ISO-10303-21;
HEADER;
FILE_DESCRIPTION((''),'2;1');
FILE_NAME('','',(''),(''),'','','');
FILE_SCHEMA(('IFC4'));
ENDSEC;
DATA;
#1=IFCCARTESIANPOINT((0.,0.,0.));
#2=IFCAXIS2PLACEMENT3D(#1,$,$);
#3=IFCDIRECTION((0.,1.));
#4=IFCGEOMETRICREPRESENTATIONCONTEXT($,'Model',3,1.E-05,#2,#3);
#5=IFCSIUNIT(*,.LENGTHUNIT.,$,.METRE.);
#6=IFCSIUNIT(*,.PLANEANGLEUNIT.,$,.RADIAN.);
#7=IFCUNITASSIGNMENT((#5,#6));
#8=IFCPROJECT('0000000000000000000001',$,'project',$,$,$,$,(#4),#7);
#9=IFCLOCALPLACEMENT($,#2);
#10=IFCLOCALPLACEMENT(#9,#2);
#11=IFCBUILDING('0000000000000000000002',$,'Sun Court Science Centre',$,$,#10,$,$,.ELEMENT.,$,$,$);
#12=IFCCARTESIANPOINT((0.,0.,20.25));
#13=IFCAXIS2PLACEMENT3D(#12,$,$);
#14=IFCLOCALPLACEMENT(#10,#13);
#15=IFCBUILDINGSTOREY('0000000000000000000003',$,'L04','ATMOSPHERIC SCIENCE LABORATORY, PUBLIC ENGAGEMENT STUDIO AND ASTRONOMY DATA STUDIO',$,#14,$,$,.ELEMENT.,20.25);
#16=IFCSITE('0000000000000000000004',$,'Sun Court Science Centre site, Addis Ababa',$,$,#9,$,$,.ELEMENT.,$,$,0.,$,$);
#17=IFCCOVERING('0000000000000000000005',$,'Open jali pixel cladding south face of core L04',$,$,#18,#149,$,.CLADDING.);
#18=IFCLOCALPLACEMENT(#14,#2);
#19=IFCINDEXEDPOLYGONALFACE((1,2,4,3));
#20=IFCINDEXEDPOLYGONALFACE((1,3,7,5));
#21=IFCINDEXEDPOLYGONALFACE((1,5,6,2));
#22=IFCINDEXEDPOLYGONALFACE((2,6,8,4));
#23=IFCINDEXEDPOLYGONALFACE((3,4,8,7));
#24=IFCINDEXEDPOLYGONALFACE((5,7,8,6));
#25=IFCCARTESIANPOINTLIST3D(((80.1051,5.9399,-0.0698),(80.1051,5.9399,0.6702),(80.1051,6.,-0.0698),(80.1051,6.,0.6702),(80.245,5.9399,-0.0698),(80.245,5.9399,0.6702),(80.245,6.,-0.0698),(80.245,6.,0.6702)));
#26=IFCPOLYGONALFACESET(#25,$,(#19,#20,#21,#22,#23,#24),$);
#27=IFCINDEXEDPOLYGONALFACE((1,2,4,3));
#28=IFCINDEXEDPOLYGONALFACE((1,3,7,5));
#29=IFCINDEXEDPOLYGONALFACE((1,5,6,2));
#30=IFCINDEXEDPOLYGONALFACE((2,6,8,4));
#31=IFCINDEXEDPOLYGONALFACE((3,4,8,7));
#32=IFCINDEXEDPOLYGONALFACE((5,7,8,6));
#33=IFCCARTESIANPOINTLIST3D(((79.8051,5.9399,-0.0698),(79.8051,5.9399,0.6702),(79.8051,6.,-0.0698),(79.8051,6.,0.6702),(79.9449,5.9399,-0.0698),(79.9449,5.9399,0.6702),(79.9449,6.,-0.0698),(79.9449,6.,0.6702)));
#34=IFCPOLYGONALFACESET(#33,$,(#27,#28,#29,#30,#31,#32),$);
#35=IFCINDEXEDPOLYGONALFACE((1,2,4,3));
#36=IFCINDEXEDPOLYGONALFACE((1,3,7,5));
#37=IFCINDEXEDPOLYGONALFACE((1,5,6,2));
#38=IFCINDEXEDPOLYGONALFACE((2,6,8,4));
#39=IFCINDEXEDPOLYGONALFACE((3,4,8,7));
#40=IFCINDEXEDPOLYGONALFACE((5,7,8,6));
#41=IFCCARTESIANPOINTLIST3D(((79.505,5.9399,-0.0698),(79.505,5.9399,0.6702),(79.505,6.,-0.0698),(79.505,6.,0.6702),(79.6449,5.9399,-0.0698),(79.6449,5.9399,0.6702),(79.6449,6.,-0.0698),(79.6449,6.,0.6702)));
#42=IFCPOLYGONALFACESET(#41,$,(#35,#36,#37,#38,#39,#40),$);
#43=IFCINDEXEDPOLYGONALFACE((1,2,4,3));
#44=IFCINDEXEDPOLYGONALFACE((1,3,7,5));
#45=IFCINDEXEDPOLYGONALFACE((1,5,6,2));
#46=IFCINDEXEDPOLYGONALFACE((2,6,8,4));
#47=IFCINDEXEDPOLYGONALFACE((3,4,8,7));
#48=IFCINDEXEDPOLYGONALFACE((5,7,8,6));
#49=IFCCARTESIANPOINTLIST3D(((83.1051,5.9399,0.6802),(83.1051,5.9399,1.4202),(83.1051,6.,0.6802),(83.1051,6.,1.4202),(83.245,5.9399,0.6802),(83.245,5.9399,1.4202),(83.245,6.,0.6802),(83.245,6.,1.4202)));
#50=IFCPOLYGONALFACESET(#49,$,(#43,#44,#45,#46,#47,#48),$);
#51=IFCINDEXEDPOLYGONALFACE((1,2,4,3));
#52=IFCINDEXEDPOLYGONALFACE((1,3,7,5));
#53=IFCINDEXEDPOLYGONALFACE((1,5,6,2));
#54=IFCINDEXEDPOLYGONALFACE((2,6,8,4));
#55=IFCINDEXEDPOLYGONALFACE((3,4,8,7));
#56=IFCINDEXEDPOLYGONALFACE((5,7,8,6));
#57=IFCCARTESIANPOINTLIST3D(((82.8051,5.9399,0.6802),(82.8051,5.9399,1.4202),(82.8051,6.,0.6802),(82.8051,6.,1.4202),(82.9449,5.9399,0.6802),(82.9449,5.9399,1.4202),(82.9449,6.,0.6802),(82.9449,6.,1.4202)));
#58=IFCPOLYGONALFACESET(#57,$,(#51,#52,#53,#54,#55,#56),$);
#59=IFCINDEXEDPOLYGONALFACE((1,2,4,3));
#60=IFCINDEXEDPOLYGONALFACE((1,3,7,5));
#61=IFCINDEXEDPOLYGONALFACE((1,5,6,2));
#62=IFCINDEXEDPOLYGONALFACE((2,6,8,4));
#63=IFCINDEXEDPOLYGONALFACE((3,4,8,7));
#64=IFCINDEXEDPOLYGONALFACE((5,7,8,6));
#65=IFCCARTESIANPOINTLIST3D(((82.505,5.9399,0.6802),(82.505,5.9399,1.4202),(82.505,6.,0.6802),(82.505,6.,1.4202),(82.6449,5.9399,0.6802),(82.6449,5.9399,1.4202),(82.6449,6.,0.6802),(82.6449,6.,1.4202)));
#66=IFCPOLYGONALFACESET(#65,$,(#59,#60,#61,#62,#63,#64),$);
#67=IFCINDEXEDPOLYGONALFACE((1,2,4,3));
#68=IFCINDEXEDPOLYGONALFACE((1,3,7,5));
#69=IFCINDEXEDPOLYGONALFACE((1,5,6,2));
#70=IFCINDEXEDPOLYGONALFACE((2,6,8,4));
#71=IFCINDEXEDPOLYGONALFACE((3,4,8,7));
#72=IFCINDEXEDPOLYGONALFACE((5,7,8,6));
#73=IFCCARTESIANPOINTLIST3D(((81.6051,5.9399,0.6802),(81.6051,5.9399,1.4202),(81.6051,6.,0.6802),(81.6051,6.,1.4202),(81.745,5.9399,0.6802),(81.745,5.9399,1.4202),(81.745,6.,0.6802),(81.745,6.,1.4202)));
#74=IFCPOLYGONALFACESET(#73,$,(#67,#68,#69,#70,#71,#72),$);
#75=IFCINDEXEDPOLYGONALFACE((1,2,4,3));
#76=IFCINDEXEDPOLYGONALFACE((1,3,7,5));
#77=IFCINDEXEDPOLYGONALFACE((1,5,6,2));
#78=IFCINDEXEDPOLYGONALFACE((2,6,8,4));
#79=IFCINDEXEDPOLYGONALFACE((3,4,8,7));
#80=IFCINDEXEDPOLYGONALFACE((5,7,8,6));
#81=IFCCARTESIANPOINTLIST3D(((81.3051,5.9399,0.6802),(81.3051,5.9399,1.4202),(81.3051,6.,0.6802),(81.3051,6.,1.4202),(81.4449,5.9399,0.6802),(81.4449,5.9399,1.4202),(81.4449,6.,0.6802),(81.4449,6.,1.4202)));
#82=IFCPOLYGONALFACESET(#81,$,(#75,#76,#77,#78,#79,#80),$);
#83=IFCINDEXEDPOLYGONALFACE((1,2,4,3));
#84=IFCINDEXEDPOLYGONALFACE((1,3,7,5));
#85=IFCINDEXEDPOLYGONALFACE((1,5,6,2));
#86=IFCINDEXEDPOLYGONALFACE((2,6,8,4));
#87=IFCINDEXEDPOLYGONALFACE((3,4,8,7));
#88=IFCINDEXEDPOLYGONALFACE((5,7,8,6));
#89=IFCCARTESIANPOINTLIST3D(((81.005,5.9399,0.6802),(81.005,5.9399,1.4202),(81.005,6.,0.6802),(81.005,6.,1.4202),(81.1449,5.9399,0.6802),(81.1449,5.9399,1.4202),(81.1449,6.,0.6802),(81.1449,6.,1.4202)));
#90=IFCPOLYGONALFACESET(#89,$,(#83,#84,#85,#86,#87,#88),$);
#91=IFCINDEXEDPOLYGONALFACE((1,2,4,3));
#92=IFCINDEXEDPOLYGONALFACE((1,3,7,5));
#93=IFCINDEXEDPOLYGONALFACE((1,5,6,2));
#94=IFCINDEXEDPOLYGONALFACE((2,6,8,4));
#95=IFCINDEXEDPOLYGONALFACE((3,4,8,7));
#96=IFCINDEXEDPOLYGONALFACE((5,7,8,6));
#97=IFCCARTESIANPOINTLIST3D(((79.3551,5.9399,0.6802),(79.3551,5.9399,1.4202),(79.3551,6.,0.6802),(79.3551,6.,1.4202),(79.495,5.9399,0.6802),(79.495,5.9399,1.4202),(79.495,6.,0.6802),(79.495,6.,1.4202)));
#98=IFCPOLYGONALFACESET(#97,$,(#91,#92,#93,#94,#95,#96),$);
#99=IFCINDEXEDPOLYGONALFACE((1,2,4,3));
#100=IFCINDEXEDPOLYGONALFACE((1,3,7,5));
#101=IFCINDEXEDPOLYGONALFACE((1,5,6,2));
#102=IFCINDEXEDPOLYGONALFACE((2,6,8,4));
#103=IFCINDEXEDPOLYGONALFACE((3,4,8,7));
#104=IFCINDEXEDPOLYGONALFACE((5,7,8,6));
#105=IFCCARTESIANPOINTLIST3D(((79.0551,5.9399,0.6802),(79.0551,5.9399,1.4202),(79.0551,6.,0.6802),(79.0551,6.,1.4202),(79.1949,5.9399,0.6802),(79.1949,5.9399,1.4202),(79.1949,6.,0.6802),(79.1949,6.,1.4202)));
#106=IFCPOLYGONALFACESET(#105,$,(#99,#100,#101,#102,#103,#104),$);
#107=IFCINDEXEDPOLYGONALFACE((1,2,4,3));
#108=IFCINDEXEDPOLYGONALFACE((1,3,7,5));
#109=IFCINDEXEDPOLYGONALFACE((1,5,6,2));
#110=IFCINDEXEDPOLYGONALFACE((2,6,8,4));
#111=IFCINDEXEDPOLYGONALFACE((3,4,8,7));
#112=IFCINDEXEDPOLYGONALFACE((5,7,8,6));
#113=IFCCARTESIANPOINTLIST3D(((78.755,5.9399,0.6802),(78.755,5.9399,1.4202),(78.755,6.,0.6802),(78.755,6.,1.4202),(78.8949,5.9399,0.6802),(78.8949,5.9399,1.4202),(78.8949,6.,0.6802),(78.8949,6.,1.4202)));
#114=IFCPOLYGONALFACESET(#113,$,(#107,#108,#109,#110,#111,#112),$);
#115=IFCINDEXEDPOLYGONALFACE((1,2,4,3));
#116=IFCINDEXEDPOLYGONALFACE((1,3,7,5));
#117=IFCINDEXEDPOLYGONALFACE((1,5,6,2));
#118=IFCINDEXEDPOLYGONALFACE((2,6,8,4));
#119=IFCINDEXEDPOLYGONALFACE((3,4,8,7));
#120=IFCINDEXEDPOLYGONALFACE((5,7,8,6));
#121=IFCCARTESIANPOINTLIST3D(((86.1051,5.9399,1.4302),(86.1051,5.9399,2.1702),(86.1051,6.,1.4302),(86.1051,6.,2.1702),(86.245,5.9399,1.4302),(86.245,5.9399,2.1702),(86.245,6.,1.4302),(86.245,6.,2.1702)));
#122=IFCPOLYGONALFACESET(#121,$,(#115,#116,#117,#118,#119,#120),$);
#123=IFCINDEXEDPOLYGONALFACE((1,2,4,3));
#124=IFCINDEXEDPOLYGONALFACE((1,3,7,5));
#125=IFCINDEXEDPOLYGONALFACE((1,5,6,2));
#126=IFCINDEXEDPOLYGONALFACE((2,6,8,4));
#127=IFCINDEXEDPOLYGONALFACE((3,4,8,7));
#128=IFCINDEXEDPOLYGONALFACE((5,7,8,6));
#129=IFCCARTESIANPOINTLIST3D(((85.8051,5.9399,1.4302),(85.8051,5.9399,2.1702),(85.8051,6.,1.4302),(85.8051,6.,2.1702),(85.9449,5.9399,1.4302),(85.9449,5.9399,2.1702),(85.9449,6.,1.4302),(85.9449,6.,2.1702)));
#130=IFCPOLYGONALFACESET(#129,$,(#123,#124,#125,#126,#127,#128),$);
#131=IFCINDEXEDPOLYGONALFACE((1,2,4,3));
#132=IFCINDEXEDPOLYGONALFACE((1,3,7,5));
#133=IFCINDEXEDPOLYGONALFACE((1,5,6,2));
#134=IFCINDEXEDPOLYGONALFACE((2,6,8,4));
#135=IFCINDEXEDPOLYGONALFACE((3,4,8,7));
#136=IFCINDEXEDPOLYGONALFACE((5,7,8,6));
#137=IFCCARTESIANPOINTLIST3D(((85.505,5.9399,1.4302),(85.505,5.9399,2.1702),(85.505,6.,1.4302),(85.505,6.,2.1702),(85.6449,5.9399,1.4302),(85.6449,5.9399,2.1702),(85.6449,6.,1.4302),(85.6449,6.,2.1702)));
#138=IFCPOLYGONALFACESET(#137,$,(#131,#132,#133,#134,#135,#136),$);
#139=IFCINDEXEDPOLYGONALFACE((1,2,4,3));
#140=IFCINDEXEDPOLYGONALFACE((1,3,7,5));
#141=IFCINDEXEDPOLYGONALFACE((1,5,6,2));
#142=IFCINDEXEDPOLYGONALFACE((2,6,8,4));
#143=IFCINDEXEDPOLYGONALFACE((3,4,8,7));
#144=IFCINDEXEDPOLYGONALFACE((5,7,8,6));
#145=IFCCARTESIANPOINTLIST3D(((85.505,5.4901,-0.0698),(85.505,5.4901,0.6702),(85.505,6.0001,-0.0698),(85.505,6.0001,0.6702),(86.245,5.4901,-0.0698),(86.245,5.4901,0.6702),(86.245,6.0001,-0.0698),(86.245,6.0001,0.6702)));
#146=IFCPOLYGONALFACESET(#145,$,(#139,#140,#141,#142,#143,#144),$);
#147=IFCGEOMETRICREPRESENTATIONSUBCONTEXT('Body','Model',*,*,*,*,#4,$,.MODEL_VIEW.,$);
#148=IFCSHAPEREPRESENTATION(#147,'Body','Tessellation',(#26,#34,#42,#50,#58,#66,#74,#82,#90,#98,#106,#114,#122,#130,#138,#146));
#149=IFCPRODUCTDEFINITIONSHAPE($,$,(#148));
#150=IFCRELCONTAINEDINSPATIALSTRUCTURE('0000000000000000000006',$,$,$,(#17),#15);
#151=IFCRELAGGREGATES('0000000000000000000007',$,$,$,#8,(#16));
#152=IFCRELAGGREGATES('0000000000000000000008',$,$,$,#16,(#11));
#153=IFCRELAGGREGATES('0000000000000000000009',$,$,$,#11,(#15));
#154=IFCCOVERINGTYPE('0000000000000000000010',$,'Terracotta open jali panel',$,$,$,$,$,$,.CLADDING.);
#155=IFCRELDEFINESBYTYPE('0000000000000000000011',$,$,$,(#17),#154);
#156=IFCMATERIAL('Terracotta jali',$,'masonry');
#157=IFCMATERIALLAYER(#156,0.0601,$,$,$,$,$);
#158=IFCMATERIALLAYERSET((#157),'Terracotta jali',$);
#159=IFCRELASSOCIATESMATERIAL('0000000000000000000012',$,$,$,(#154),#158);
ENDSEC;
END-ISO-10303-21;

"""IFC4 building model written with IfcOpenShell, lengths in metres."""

from ifc_helpers import new_model, si_unit, direction, frame, origin, origin_2d, place, context, subcontext, project, spatial, rectangle, extrude, material, layer, layer_set, type_object, element, save


model = new_model("IFC4")

# Units and contexts
model_context = context("Model", 3, precision=1e-05, world=origin(), true_north=direction((0.0, 1.0)))
body_context = subcontext(model_context, "Body", "Model", "MODEL_VIEW")
ifc_project = project(units=[si_unit("LENGTHUNIT", "METRE"), si_unit("PLANEANGLEUNIT", "RADIAN")], contexts=[model_context])

# Site, building, storey
site_placement = place(None, origin())
site = spatial("IfcSite", under=ifc_project, at=site_placement, Name="Sun Court Science Centre site, Addis Ababa", CompositionType="ELEMENT", RefElevation=0.0)
building_placement = place(site_placement, origin())
building = spatial("IfcBuilding", under=site, at=building_placement, Name="Sun Court Science Centre", CompositionType="ELEMENT")
storey_placement = place(building_placement, frame((0.0, 0.0, 20.25)))
storey = spatial("IfcBuildingStorey", under=building, at=storey_placement, Name="L04", Description="ATMOSPHERIC SCIENCE LABORATORY, PUBLIC ENGAGEMENT STUDIO AND ASTRONOMY DATA STUDIO", CompositionType="ELEMENT", Elevation=20.25)

# Covering
ifc_material_1 = material(Name="Terracotta jali", Category="masonry")
ifc_layer_1 = layer(ifc_material_1, 0.0601)
ifc_layer_set_1 = layer_set([ifc_layer_1], Name="Terracotta jali")
covering_type_1 = type_object("IfcCoveringType", Name="Terracotta open jali panel", PredefinedType="CLADDING", material=ifc_layer_set_1)
covering_1_placement = place(storey_placement, frame((0.0, 0.0, -20.25)))
element("IfcCovering", 1, at=covering_1_placement, inside=storey, type_object=covering_type_1, Name="Open jali pixel cladding south face of core L04", PredefinedType="CLADDING", context=body_context, shape_type="SweptSolid", body=[
    extrude(rectangle(XDim=0.1399, YDim=0.0601, at=origin_2d()), frame((80.175, 5.97, 20.1802), z_axis=(0.0, 0.0, 1.0), x_axis=(-1.0, 0.0, 0.0)), (0.0, 0.0, 1.0), 0.74),
    extrude(rectangle(XDim=0.1399, YDim=0.0601, at=origin_2d()), frame((79.875, 5.97, 20.1802), z_axis=(0.0, 0.0, 1.0), x_axis=(-1.0, 0.0, 0.0)), (0.0, 0.0, 1.0), 0.74),
    extrude(rectangle(XDim=0.1399, YDim=0.0601, at=origin_2d()), frame((79.575, 5.97, 20.1802), z_axis=(0.0, 0.0, 1.0), x_axis=(-1.0, 0.0, 0.0)), (0.0, 0.0, 1.0), 0.74),
    extrude(rectangle(XDim=0.1399, YDim=0.0601, at=origin_2d()), frame((83.175, 5.97, 20.9302), z_axis=(0.0, 0.0, 1.0), x_axis=(-1.0, 0.0, 0.0)), (0.0, 0.0, 1.0), 0.74),
    extrude(rectangle(XDim=0.1399, YDim=0.0601, at=origin_2d()), frame((82.875, 5.97, 20.9302), z_axis=(0.0, 0.0, 1.0), x_axis=(-1.0, 0.0, 0.0)), (0.0, 0.0, 1.0), 0.74),
    extrude(rectangle(XDim=0.1399, YDim=0.0601, at=origin_2d()), frame((82.575, 5.97, 20.9302), z_axis=(0.0, 0.0, 1.0), x_axis=(-1.0, 0.0, 0.0)), (0.0, 0.0, 1.0), 0.74),
    extrude(rectangle(XDim=0.1399, YDim=0.0601, at=origin_2d()), frame((81.675, 5.97, 20.9302), z_axis=(0.0, 0.0, 1.0), x_axis=(-1.0, 0.0, 0.0)), (0.0, 0.0, 1.0), 0.74),
    extrude(rectangle(XDim=0.1399, YDim=0.0601, at=origin_2d()), frame((81.375, 5.97, 20.9302), z_axis=(0.0, 0.0, 1.0), x_axis=(-1.0, 0.0, 0.0)), (0.0, 0.0, 1.0), 0.74),
    extrude(rectangle(XDim=0.1399, YDim=0.0601, at=origin_2d()), frame((81.075, 5.97, 20.9302), z_axis=(0.0, 0.0, 1.0), x_axis=(-1.0, 0.0, 0.0)), (0.0, 0.0, 1.0), 0.74),
    extrude(rectangle(XDim=0.1399, YDim=0.0601, at=origin_2d()), frame((79.425, 5.97, 20.9302), z_axis=(0.0, 0.0, 1.0), x_axis=(-1.0, 0.0, 0.0)), (0.0, 0.0, 1.0), 0.74),
    extrude(rectangle(XDim=0.1399, YDim=0.0601, at=origin_2d()), frame((79.125, 5.97, 20.9302), z_axis=(0.0, 0.0, 1.0), x_axis=(-1.0, 0.0, 0.0)), (0.0, 0.0, 1.0), 0.74),
    extrude(rectangle(XDim=0.1399, YDim=0.0601, at=origin_2d()), frame((78.825, 5.97, 20.9302), z_axis=(0.0, 0.0, 1.0), x_axis=(-1.0, 0.0, 0.0)), (0.0, 0.0, 1.0), 0.74),
    extrude(rectangle(XDim=0.1399, YDim=0.0601, at=origin_2d()), frame((86.175, 5.97, 21.6802), z_axis=(0.0, 0.0, 1.0), x_axis=(-1.0, 0.0, 0.0)), (0.0, 0.0, 1.0), 0.74),
    extrude(rectangle(XDim=0.1399, YDim=0.0601, at=origin_2d()), frame((85.875, 5.97, 21.6802), z_axis=(0.0, 0.0, 1.0), x_axis=(-1.0, 0.0, 0.0)), (0.0, 0.0, 1.0), 0.74),
    extrude(rectangle(XDim=0.1399, YDim=0.0601, at=origin_2d()), frame((85.575, 5.97, 21.6802), z_axis=(0.0, 0.0, 1.0), x_axis=(-1.0, 0.0, 0.0)), (0.0, 0.0, 1.0), 0.74),
    extrude(rectangle(XDim=0.74, YDim=0.51, at=origin_2d()), frame((85.875, 5.7451, 20.1802), z_axis=(0.0, 0.0, 1.0), x_axis=(-1.0, 0.0, 0.0)), (0.0, 0.0, 1.0), 0.74),
])

save(model, "model.ifc")
